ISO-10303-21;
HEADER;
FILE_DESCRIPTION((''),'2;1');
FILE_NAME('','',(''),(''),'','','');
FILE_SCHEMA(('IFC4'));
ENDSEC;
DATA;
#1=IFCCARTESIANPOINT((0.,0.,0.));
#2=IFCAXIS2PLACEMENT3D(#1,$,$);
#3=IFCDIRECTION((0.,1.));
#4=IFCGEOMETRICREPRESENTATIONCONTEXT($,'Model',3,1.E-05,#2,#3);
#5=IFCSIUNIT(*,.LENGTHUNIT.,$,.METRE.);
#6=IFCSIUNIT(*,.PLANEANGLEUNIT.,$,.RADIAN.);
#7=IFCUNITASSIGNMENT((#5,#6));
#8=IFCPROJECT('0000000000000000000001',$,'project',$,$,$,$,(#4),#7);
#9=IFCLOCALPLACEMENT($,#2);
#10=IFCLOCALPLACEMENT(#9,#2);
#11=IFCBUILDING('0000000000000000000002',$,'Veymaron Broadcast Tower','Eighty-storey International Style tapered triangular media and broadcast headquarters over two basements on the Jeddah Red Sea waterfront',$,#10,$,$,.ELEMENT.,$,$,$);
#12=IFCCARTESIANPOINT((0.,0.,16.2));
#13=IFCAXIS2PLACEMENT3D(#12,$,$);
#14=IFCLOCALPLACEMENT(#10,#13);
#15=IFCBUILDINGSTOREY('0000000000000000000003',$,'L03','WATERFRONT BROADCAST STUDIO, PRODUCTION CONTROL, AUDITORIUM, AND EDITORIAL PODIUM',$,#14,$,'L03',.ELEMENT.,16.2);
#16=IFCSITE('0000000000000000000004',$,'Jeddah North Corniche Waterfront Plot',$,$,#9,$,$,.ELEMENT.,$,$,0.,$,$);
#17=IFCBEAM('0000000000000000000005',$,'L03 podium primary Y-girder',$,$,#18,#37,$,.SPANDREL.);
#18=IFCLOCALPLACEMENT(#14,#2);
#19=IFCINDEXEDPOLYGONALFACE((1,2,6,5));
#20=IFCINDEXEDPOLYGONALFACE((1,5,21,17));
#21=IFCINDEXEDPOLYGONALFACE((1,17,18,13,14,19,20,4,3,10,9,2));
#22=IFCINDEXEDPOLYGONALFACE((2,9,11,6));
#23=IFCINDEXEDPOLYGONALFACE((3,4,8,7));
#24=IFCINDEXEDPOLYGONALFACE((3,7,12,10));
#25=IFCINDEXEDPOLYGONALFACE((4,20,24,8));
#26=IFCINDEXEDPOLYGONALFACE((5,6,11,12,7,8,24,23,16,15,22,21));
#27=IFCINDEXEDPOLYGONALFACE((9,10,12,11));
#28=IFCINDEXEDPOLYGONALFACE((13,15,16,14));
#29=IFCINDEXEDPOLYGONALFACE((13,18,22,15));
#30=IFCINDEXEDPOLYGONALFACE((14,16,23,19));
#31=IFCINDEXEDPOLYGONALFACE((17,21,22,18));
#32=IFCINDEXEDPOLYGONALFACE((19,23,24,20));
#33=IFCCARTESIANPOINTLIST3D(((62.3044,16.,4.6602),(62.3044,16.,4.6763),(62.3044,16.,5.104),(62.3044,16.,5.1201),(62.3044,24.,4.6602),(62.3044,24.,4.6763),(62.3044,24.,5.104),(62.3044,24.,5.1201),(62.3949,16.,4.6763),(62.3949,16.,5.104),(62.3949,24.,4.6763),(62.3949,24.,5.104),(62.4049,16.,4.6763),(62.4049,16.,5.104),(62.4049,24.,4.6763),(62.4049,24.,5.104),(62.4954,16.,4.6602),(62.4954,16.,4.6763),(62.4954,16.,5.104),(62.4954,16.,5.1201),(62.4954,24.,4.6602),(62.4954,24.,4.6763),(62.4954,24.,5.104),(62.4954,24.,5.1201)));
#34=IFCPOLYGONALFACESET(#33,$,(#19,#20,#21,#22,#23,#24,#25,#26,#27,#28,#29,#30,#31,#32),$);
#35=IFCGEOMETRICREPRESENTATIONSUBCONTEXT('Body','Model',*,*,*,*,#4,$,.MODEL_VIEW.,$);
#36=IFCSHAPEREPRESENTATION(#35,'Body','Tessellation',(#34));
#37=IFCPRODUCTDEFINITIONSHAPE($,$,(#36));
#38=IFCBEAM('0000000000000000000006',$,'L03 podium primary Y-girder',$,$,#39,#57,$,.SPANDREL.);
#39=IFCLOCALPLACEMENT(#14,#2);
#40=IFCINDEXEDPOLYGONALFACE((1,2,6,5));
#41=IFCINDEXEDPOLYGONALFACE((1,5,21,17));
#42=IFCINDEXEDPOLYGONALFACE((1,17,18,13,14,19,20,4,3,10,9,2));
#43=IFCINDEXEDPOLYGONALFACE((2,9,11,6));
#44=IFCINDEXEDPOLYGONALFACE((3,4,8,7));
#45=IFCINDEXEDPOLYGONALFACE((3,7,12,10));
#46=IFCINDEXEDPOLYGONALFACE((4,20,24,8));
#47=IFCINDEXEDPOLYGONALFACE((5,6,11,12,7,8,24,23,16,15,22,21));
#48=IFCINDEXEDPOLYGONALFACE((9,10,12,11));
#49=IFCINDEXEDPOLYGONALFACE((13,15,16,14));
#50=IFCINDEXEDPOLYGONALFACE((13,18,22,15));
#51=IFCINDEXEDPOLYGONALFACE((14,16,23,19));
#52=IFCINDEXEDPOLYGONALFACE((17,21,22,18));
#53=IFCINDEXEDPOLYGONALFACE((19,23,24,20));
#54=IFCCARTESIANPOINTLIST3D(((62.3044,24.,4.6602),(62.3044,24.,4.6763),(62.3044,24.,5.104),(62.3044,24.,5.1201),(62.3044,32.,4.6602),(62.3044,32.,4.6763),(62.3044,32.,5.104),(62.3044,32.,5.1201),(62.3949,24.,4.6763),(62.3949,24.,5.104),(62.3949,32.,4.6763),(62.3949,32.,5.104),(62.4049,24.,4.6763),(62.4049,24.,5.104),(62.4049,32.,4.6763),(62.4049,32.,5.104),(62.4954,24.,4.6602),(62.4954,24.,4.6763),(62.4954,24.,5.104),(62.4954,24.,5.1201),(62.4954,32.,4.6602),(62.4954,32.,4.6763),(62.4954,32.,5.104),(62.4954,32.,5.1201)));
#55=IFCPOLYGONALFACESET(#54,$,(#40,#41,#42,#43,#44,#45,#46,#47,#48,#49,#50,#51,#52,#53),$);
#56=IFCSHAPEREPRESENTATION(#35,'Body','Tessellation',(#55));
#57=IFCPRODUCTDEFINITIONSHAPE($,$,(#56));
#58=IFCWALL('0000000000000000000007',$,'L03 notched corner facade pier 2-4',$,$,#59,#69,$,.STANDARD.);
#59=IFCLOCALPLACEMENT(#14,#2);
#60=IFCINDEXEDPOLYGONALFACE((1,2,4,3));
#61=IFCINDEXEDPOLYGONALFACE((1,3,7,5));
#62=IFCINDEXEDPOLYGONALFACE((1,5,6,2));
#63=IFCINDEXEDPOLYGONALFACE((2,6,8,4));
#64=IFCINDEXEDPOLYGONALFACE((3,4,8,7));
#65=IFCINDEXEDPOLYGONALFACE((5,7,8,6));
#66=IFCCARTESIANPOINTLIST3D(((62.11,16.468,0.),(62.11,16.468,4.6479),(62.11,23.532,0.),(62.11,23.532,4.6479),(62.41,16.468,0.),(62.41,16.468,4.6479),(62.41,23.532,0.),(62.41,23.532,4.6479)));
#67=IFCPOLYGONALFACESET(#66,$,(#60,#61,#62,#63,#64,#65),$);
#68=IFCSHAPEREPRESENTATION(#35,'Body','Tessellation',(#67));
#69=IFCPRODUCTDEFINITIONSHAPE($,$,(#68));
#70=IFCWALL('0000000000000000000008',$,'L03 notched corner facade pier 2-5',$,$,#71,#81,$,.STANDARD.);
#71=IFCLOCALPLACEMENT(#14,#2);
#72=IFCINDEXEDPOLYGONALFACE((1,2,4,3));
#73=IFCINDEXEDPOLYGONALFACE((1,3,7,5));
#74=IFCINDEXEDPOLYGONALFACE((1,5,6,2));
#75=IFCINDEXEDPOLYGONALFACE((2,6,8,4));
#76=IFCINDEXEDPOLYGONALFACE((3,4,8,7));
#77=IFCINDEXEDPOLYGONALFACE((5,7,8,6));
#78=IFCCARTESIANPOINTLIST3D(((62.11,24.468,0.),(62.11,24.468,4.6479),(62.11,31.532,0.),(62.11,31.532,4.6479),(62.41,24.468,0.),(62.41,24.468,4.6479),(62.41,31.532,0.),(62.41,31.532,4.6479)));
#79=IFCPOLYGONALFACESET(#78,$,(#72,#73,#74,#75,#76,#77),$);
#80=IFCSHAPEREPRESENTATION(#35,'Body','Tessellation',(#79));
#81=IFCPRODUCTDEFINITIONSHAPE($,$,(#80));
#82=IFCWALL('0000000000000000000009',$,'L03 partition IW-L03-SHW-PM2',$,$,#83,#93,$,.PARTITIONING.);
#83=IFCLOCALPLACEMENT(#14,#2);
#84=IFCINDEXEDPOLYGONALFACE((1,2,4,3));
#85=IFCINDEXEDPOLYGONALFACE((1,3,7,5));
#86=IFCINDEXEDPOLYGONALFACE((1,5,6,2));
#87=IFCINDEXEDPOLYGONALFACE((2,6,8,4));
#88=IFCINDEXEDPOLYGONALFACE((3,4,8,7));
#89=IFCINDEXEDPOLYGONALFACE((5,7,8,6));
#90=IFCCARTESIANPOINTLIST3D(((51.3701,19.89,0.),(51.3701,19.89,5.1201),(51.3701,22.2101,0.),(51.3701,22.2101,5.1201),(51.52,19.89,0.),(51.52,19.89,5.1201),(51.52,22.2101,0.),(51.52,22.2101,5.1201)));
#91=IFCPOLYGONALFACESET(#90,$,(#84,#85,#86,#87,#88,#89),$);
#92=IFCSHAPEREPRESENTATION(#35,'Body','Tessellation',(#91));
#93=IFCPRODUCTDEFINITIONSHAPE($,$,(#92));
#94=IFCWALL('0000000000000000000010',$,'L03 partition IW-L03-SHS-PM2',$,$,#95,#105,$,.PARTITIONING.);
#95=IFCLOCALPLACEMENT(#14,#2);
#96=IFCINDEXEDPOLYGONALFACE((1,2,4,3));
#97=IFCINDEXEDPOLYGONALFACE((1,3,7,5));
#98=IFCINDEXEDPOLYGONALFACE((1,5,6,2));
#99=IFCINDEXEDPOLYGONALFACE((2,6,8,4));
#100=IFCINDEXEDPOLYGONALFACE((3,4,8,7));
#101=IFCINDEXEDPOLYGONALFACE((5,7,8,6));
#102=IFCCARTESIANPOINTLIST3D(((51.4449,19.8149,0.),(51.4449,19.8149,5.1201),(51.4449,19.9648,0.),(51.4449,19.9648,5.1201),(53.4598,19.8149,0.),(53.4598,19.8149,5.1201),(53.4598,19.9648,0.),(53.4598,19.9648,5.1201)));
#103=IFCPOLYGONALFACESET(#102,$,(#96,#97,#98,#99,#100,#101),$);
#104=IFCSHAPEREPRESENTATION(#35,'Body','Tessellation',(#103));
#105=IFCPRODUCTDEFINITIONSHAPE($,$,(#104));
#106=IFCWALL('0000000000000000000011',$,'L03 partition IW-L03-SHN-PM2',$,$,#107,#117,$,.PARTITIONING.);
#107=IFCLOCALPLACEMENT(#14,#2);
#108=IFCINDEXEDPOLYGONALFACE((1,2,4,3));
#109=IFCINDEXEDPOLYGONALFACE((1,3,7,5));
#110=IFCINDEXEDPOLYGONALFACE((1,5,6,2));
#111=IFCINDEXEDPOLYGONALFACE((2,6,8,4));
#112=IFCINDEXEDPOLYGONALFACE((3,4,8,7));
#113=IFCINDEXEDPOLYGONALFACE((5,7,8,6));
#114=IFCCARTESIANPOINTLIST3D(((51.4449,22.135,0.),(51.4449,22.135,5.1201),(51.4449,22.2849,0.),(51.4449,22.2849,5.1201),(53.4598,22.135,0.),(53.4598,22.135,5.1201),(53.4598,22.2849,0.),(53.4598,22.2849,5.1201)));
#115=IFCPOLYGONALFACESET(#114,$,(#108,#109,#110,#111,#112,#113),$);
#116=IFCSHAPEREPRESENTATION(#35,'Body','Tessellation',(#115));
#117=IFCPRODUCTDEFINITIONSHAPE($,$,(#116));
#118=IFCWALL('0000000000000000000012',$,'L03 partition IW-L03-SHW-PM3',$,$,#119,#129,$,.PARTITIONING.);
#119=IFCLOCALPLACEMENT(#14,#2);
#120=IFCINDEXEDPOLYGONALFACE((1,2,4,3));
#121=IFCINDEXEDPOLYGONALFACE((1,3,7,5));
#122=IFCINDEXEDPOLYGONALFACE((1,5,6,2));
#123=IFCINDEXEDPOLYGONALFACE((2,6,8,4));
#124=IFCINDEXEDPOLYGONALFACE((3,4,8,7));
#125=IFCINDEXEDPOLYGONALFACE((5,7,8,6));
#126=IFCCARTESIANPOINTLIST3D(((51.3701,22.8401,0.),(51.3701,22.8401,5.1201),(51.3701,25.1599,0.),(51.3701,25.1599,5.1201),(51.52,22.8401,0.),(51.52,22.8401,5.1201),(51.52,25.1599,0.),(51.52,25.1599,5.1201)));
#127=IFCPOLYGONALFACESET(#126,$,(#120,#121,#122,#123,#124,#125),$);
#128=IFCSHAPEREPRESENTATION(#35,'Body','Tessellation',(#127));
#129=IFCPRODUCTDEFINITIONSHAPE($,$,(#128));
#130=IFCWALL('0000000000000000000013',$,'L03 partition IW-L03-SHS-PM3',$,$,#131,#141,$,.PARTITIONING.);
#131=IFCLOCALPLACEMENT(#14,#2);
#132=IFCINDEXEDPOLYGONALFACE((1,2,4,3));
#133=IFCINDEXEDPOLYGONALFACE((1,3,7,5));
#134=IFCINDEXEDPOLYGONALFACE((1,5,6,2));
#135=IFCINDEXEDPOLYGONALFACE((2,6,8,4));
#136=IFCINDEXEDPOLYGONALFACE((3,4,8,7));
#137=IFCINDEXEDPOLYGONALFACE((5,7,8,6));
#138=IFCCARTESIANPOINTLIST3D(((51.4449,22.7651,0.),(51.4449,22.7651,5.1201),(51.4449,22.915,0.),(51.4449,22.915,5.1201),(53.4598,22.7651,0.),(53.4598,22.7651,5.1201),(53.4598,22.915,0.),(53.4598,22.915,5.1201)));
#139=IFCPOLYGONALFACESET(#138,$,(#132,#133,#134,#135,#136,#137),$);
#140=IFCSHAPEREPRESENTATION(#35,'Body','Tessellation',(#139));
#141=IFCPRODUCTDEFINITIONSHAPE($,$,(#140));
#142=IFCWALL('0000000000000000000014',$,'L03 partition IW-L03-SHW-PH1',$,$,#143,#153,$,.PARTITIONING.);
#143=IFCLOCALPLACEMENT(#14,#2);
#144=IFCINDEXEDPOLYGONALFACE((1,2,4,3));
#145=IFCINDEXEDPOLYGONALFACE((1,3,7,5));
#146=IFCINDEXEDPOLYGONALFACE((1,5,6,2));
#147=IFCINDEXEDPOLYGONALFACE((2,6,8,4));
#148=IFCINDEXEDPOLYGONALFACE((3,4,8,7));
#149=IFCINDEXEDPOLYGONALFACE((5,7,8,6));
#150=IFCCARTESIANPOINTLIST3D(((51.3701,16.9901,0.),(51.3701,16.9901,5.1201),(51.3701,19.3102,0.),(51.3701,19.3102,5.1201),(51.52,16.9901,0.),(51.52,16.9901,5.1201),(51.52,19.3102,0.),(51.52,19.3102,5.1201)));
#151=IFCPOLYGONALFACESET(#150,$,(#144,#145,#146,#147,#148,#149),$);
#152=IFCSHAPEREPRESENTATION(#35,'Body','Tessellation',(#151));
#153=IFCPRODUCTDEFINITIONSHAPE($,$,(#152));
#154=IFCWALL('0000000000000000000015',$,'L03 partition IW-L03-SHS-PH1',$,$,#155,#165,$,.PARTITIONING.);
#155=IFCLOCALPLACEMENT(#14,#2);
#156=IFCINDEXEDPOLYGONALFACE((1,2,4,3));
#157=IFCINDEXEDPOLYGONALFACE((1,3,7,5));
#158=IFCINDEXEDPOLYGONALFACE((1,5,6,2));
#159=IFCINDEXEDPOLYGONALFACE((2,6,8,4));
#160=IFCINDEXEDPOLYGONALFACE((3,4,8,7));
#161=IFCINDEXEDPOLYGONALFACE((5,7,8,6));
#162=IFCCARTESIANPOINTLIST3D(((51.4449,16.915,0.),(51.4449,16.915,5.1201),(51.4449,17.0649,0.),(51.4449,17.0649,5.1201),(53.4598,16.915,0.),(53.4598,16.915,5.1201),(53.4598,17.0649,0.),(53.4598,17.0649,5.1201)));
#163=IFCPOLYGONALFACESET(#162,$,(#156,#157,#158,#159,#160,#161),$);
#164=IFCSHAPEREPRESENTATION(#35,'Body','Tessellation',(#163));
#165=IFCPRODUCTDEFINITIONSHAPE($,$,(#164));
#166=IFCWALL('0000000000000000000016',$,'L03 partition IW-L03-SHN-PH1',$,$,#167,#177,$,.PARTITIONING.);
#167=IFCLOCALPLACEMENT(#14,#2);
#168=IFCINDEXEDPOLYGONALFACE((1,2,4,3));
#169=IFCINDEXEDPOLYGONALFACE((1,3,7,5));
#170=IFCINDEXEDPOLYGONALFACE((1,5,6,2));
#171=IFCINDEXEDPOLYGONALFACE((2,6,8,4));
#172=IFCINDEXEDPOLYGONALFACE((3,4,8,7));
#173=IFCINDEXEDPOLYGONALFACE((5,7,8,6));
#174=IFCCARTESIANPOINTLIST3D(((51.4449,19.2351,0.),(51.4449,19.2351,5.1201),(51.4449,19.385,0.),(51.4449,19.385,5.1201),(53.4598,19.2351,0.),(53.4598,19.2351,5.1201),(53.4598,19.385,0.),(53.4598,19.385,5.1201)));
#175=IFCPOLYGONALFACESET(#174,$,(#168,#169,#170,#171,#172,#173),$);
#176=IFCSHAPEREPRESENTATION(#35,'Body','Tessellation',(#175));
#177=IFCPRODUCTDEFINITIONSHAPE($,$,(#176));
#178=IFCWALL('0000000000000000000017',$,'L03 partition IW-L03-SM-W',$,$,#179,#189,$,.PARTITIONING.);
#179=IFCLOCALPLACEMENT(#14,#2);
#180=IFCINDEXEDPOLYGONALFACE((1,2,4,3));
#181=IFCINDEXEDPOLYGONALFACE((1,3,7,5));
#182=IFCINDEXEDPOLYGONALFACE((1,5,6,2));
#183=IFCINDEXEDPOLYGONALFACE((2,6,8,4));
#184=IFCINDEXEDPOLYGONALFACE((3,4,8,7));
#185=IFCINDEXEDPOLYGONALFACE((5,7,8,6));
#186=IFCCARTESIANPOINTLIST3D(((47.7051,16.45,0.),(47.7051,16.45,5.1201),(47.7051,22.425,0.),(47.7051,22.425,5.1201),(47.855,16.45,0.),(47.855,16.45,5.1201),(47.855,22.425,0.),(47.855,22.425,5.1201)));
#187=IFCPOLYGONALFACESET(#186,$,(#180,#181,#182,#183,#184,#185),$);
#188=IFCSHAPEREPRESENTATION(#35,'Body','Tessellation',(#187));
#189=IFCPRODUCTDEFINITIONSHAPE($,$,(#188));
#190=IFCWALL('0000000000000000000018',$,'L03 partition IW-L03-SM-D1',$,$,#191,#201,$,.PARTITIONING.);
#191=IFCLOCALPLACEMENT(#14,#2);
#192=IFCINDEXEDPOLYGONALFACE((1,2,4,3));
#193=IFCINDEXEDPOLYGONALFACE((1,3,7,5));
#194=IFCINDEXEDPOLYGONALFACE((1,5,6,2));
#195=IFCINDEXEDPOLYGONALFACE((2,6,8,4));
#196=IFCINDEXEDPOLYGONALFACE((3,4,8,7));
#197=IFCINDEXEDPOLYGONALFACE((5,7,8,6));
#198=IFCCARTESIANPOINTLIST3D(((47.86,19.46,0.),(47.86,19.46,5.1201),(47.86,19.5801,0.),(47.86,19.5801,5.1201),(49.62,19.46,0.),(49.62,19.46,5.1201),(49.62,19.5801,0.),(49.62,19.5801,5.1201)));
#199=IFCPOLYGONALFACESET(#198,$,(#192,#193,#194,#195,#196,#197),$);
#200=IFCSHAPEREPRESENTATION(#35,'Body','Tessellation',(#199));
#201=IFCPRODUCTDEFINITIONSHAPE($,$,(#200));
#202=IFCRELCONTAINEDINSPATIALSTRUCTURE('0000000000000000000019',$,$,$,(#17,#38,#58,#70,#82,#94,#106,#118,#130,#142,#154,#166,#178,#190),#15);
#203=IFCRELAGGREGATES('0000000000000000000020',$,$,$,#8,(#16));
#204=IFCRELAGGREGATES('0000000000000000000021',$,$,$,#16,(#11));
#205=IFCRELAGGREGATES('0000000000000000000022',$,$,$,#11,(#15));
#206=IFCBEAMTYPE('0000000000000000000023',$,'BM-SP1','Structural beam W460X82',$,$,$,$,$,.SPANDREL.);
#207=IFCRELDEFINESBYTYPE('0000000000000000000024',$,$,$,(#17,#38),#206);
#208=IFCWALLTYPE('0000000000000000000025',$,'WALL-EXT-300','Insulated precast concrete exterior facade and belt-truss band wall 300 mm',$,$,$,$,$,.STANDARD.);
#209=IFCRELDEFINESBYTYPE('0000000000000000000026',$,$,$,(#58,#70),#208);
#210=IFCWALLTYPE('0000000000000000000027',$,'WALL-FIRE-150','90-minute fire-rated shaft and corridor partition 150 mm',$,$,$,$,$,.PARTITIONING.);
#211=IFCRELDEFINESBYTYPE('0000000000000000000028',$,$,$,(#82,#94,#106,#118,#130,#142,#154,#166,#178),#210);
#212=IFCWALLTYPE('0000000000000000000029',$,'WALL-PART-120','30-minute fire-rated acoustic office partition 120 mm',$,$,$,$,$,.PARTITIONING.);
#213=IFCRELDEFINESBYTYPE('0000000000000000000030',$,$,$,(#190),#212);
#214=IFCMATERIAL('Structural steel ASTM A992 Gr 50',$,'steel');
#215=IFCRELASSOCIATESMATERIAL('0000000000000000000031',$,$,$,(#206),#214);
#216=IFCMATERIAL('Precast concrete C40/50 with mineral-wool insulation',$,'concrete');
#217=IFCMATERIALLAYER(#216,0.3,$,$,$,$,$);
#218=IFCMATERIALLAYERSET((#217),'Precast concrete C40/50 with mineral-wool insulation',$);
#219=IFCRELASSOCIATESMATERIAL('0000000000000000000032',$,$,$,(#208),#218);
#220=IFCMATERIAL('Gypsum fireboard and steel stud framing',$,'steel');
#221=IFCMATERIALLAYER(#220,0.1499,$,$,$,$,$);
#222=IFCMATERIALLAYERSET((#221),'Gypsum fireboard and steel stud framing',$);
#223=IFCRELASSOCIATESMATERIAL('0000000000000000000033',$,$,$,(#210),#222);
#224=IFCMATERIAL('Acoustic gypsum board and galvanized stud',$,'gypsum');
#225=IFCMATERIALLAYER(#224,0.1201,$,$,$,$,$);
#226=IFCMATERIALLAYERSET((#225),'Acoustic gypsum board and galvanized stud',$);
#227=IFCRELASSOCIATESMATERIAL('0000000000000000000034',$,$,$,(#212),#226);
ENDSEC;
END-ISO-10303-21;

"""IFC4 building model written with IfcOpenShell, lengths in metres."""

from ifc_helpers import new_model, si_unit, direction, frame, frame_2d, origin, origin_2d, place, context, subcontext, project, spatial, rectangle, i_section, extrude, material, layer, layer_set, material_profile, profile_set, type_object, element, save


model = new_model("IFC4")

# Units and contexts
model_context = context("Model", 3, precision=1e-05, world=origin(), true_north=direction((0.0, 1.0)))
body_context = subcontext(model_context, "Body", "Model", "MODEL_VIEW")
ifc_project = project(units=[si_unit("LENGTHUNIT", "METRE"), si_unit("PLANEANGLEUNIT", "RADIAN")], contexts=[model_context])

# Site, building, storey
site_placement = place(None, origin())
site = spatial("IfcSite", under=ifc_project, at=site_placement, Name="Jeddah North Corniche Waterfront Plot", CompositionType="ELEMENT", RefElevation=0.0)
building_placement = place(site_placement, origin())
building = spatial("IfcBuilding", under=site, at=building_placement, Name="Veymaron Broadcast Tower", Description="Eighty-storey International Style tapered triangular media and broadcast headquarters over two basements on the Jeddah Red Sea waterfront", CompositionType="ELEMENT")
storey_placement = place(building_placement, frame((0.0, 0.0, 16.2)))
storey = spatial("IfcBuildingStorey", under=building, at=storey_placement, Name="L03", Description="WATERFRONT BROADCAST STUDIO, PRODUCTION CONTROL, AUDITORIUM, AND EDITORIAL PODIUM", LongName="L03", CompositionType="ELEMENT", Elevation=16.2)

# Beams
ifc_material_1 = material(Name="Structural steel ASTM A992 Gr 50", Category="steel")
ifc_material_profile_1 = material_profile(ifc_material_1, i_section(OverallWidth=0.1909, OverallDepth=0.46, WebThickness=0.01, FlangeThickness=0.0161, at=origin_2d()), Name="W460X82")
ifc_profile_set_1 = profile_set([ifc_material_profile_1], Name="Structural steel ASTM A992 Gr 50")
beam_type_1 = type_object("IfcBeamType", Name="BM-SP1", Description="Structural beam W460X82", PredefinedType="SPANDREL", material=ifc_profile_set_1)
for number, where, z_axis, x_axis, name in (
    (1, (62.3999, 16.0, 4.8901), (0.0, 1.0, 0.0), (-1.0, 0.0, 0.0), "L03 podium primary Y-girder"),
    (2, (62.3999, 24.0, 4.8901), (0.0, 1.0, 0.0), (-1.0, 0.0, 0.0), "L03 podium primary Y-girder"),
):
    element("IfcBeam", number, at=place(storey_placement, frame(where, z_axis=z_axis, x_axis=x_axis)), inside=storey, type_object=beam_type_1, Name=name, PredefinedType="SPANDREL", context=body_context, shape_type="SweptSolid", body=[
        extrude(i_section(OverallWidth=0.1909, OverallDepth=0.46, WebThickness=0.01, FlangeThickness=0.0161, at=origin_2d()), origin(), (0.0, 0.0, 1.0), 8.0),
    ])

# Walls
ifc_material_2 = material(Name="Precast concrete C40/50 with mineral-wool insulation", Category="concrete")
ifc_layer_1 = layer(ifc_material_2, 0.3)
ifc_layer_set_1 = layer_set([ifc_layer_1], Name="Precast concrete C40/50 with mineral-wool insulation")
wall_type_1 = type_object("IfcWallType", Name="WALL-EXT-300", Description="Insulated precast concrete exterior facade and belt-truss band wall 300 mm", PredefinedType="STANDARD", material=ifc_layer_set_1)
for number, where, z_axis, x_axis, name in (
    (3, (62.26, 16.468, 0.0), (0.0, 0.0, 1.0), (0.0, 1.0, 0.0), "L03 notched corner facade pier 2-4"),
    (4, (62.26, 24.468, 0.0), (0.0, 0.0, 1.0), (0.0, 1.0, 0.0), "L03 notched corner facade pier 2-5"),
):
    element("IfcWall", number, at=place(storey_placement, frame(where, z_axis=z_axis, x_axis=x_axis)), inside=storey, type_object=wall_type_1, Name=name, PredefinedType="STANDARD", context=body_context, shape_type="SweptSolid", body=[
        extrude(rectangle(XDim=7.064, YDim=0.3, at=frame_2d((3.532, 0.0))), origin(), (0.0, 0.0, 1.0), 4.6479),
    ])
ifc_material_3 = material(Name="Gypsum fireboard and steel stud framing", Category="steel")
ifc_layer_2 = layer(ifc_material_3, 0.1499)
ifc_layer_set_2 = layer_set([ifc_layer_2], Name="Gypsum fireboard and steel stud framing")
wall_type_2 = type_object("IfcWallType", Name="WALL-FIRE-150", Description="90-minute fire-rated shaft and corridor partition 150 mm", PredefinedType="PARTITIONING", material=ifc_layer_set_2)
wall_1_placement = place(storey_placement, frame((51.4451, 19.8899, 0.0), z_axis=(0.0, 0.0, 1.0), x_axis=(0.0, 1.0, 0.0)))
element("IfcWall", 5, at=wall_1_placement, inside=storey, type_object=wall_type_2, Name="L03 partition IW-L03-SHW-PM2", PredefinedType="PARTITIONING", context=body_context, shape_type="SweptSolid", body=[
    extrude(rectangle(XDim=2.3201, YDim=0.1499, at=frame_2d((1.1602, 0.0))), origin(), (0.0, 0.0, 1.0), 5.1201),
])
for number, where, z_axis, x_axis, name in (
    (6, (51.4451, 19.8899, 0.0), (0.0, 0.0, 1.0), (1.0, 0.0, 0.0), "L03 partition IW-L03-SHS-PM2"),
    (7, (51.4451, 22.21, 0.0), (0.0, 0.0, 1.0), (1.0, 0.0, 0.0), "L03 partition IW-L03-SHN-PM2"),
):
    element("IfcWall", number, at=place(storey_placement, frame(where, z_axis=z_axis, x_axis=x_axis)), inside=storey, type_object=wall_type_2, Name=name, PredefinedType="PARTITIONING", context=body_context, shape_type="SweptSolid", body=[
        extrude(rectangle(XDim=2.0149, YDim=0.1499, at=frame_2d((1.0073, 0.0))), origin(), (0.0, 0.0, 1.0), 5.1201),
    ])
wall_2_placement = place(storey_placement, frame((51.4451, 22.8401, 0.0), z_axis=(0.0, 0.0, 1.0), x_axis=(0.0, 1.0, 0.0)))
element("IfcWall", 8, at=wall_2_placement, inside=storey, type_object=wall_type_2, Name="L03 partition IW-L03-SHW-PM3", PredefinedType="PARTITIONING", context=body_context, shape_type="SweptSolid", body=[
    extrude(rectangle(XDim=2.3198, YDim=0.1499, at=frame_2d((1.1599, 0.0))), origin(), (0.0, 0.0, 1.0), 5.1201),
])
wall_3_placement = place(storey_placement, frame((51.4451, 22.8401, 0.0), z_axis=(0.0, 0.0, 1.0), x_axis=(1.0, 0.0, 0.0)))
element("IfcWall", 9, at=wall_3_placement, inside=storey, type_object=wall_type_2, Name="L03 partition IW-L03-SHS-PM3", PredefinedType="PARTITIONING", context=body_context, shape_type="SweptSolid", body=[
    extrude(rectangle(XDim=2.0149, YDim=0.1499, at=frame_2d((1.0073, 0.0))), origin(), (0.0, 0.0, 1.0), 5.1201),
])
wall_4_placement = place(storey_placement, frame((51.4451, 16.99, 0.0), z_axis=(0.0, 0.0, 1.0), x_axis=(0.0, 1.0, 0.0)))
element("IfcWall", 10, at=wall_4_placement, inside=storey, type_object=wall_type_2, Name="L03 partition IW-L03-SHW-PH1", PredefinedType="PARTITIONING", context=body_context, shape_type="SweptSolid", body=[
    extrude(rectangle(XDim=2.3201, YDim=0.1499, at=frame_2d((1.1602, 0.0))), origin(), (0.0, 0.0, 1.0), 5.1201),
])
for number, where, z_axis, x_axis, name in (
    (11, (51.4451, 16.99, 0.0), (0.0, 0.0, 1.0), (1.0, 0.0, 0.0), "L03 partition IW-L03-SHS-PH1"),
    (12, (51.4451, 19.3101, 0.0), (0.0, 0.0, 1.0), (1.0, 0.0, 0.0), "L03 partition IW-L03-SHN-PH1"),
):
    element("IfcWall", number, at=place(storey_placement, frame(where, z_axis=z_axis, x_axis=x_axis)), inside=storey, type_object=wall_type_2, Name=name, PredefinedType="PARTITIONING", context=body_context, shape_type="SweptSolid", body=[
        extrude(rectangle(XDim=2.0149, YDim=0.1499, at=frame_2d((1.0073, 0.0))), origin(), (0.0, 0.0, 1.0), 5.1201),
    ])

# Walls
wall_5_placement = place(storey_placement, frame((47.78, 16.45, 0.0), z_axis=(0.0, 0.0, 1.0), x_axis=(0.0, 1.0, 0.0)))
element("IfcWall", 13, at=wall_5_placement, inside=storey, type_object=wall_type_2, Name="L03 partition IW-L03-SM-W", PredefinedType="PARTITIONING", context=body_context, shape_type="SweptSolid", body=[
    extrude(rectangle(XDim=5.9751, YDim=0.1499, at=frame_2d((2.9875, 0.0))), origin(), (0.0, 0.0, 1.0), 5.1201),
])
ifc_material_4 = material(Name="Acoustic gypsum board and galvanized stud", Category="gypsum")
ifc_layer_3 = layer(ifc_material_4, 0.1201)
ifc_layer_set_3 = layer_set([ifc_layer_3], Name="Acoustic gypsum board and galvanized stud")
wall_type_3 = type_object("IfcWallType", Name="WALL-PART-120", Description="30-minute fire-rated acoustic office partition 120 mm", PredefinedType="PARTITIONING", material=ifc_layer_set_3)
for number, where, z_axis, x_axis, name in (
    (14, (47.8601, 19.52, 0.0), (0.0, 0.0, 1.0), (1.0, 0.0, 0.0), "L03 partition IW-L03-SM-D1"),
):
    element("IfcWall", number, at=place(storey_placement, frame(where, z_axis=z_axis, x_axis=x_axis)), inside=storey, type_object=wall_type_3, Name=name, PredefinedType="PARTITIONING", context=body_context, shape_type="SweptSolid", body=[
        extrude(rectangle(XDim=1.76, YDim=0.1201, at=frame_2d((0.8799, 0.0))), origin(), (0.0, 0.0, 1.0), 5.1201),
    ])

save(model, "model.ifc")
